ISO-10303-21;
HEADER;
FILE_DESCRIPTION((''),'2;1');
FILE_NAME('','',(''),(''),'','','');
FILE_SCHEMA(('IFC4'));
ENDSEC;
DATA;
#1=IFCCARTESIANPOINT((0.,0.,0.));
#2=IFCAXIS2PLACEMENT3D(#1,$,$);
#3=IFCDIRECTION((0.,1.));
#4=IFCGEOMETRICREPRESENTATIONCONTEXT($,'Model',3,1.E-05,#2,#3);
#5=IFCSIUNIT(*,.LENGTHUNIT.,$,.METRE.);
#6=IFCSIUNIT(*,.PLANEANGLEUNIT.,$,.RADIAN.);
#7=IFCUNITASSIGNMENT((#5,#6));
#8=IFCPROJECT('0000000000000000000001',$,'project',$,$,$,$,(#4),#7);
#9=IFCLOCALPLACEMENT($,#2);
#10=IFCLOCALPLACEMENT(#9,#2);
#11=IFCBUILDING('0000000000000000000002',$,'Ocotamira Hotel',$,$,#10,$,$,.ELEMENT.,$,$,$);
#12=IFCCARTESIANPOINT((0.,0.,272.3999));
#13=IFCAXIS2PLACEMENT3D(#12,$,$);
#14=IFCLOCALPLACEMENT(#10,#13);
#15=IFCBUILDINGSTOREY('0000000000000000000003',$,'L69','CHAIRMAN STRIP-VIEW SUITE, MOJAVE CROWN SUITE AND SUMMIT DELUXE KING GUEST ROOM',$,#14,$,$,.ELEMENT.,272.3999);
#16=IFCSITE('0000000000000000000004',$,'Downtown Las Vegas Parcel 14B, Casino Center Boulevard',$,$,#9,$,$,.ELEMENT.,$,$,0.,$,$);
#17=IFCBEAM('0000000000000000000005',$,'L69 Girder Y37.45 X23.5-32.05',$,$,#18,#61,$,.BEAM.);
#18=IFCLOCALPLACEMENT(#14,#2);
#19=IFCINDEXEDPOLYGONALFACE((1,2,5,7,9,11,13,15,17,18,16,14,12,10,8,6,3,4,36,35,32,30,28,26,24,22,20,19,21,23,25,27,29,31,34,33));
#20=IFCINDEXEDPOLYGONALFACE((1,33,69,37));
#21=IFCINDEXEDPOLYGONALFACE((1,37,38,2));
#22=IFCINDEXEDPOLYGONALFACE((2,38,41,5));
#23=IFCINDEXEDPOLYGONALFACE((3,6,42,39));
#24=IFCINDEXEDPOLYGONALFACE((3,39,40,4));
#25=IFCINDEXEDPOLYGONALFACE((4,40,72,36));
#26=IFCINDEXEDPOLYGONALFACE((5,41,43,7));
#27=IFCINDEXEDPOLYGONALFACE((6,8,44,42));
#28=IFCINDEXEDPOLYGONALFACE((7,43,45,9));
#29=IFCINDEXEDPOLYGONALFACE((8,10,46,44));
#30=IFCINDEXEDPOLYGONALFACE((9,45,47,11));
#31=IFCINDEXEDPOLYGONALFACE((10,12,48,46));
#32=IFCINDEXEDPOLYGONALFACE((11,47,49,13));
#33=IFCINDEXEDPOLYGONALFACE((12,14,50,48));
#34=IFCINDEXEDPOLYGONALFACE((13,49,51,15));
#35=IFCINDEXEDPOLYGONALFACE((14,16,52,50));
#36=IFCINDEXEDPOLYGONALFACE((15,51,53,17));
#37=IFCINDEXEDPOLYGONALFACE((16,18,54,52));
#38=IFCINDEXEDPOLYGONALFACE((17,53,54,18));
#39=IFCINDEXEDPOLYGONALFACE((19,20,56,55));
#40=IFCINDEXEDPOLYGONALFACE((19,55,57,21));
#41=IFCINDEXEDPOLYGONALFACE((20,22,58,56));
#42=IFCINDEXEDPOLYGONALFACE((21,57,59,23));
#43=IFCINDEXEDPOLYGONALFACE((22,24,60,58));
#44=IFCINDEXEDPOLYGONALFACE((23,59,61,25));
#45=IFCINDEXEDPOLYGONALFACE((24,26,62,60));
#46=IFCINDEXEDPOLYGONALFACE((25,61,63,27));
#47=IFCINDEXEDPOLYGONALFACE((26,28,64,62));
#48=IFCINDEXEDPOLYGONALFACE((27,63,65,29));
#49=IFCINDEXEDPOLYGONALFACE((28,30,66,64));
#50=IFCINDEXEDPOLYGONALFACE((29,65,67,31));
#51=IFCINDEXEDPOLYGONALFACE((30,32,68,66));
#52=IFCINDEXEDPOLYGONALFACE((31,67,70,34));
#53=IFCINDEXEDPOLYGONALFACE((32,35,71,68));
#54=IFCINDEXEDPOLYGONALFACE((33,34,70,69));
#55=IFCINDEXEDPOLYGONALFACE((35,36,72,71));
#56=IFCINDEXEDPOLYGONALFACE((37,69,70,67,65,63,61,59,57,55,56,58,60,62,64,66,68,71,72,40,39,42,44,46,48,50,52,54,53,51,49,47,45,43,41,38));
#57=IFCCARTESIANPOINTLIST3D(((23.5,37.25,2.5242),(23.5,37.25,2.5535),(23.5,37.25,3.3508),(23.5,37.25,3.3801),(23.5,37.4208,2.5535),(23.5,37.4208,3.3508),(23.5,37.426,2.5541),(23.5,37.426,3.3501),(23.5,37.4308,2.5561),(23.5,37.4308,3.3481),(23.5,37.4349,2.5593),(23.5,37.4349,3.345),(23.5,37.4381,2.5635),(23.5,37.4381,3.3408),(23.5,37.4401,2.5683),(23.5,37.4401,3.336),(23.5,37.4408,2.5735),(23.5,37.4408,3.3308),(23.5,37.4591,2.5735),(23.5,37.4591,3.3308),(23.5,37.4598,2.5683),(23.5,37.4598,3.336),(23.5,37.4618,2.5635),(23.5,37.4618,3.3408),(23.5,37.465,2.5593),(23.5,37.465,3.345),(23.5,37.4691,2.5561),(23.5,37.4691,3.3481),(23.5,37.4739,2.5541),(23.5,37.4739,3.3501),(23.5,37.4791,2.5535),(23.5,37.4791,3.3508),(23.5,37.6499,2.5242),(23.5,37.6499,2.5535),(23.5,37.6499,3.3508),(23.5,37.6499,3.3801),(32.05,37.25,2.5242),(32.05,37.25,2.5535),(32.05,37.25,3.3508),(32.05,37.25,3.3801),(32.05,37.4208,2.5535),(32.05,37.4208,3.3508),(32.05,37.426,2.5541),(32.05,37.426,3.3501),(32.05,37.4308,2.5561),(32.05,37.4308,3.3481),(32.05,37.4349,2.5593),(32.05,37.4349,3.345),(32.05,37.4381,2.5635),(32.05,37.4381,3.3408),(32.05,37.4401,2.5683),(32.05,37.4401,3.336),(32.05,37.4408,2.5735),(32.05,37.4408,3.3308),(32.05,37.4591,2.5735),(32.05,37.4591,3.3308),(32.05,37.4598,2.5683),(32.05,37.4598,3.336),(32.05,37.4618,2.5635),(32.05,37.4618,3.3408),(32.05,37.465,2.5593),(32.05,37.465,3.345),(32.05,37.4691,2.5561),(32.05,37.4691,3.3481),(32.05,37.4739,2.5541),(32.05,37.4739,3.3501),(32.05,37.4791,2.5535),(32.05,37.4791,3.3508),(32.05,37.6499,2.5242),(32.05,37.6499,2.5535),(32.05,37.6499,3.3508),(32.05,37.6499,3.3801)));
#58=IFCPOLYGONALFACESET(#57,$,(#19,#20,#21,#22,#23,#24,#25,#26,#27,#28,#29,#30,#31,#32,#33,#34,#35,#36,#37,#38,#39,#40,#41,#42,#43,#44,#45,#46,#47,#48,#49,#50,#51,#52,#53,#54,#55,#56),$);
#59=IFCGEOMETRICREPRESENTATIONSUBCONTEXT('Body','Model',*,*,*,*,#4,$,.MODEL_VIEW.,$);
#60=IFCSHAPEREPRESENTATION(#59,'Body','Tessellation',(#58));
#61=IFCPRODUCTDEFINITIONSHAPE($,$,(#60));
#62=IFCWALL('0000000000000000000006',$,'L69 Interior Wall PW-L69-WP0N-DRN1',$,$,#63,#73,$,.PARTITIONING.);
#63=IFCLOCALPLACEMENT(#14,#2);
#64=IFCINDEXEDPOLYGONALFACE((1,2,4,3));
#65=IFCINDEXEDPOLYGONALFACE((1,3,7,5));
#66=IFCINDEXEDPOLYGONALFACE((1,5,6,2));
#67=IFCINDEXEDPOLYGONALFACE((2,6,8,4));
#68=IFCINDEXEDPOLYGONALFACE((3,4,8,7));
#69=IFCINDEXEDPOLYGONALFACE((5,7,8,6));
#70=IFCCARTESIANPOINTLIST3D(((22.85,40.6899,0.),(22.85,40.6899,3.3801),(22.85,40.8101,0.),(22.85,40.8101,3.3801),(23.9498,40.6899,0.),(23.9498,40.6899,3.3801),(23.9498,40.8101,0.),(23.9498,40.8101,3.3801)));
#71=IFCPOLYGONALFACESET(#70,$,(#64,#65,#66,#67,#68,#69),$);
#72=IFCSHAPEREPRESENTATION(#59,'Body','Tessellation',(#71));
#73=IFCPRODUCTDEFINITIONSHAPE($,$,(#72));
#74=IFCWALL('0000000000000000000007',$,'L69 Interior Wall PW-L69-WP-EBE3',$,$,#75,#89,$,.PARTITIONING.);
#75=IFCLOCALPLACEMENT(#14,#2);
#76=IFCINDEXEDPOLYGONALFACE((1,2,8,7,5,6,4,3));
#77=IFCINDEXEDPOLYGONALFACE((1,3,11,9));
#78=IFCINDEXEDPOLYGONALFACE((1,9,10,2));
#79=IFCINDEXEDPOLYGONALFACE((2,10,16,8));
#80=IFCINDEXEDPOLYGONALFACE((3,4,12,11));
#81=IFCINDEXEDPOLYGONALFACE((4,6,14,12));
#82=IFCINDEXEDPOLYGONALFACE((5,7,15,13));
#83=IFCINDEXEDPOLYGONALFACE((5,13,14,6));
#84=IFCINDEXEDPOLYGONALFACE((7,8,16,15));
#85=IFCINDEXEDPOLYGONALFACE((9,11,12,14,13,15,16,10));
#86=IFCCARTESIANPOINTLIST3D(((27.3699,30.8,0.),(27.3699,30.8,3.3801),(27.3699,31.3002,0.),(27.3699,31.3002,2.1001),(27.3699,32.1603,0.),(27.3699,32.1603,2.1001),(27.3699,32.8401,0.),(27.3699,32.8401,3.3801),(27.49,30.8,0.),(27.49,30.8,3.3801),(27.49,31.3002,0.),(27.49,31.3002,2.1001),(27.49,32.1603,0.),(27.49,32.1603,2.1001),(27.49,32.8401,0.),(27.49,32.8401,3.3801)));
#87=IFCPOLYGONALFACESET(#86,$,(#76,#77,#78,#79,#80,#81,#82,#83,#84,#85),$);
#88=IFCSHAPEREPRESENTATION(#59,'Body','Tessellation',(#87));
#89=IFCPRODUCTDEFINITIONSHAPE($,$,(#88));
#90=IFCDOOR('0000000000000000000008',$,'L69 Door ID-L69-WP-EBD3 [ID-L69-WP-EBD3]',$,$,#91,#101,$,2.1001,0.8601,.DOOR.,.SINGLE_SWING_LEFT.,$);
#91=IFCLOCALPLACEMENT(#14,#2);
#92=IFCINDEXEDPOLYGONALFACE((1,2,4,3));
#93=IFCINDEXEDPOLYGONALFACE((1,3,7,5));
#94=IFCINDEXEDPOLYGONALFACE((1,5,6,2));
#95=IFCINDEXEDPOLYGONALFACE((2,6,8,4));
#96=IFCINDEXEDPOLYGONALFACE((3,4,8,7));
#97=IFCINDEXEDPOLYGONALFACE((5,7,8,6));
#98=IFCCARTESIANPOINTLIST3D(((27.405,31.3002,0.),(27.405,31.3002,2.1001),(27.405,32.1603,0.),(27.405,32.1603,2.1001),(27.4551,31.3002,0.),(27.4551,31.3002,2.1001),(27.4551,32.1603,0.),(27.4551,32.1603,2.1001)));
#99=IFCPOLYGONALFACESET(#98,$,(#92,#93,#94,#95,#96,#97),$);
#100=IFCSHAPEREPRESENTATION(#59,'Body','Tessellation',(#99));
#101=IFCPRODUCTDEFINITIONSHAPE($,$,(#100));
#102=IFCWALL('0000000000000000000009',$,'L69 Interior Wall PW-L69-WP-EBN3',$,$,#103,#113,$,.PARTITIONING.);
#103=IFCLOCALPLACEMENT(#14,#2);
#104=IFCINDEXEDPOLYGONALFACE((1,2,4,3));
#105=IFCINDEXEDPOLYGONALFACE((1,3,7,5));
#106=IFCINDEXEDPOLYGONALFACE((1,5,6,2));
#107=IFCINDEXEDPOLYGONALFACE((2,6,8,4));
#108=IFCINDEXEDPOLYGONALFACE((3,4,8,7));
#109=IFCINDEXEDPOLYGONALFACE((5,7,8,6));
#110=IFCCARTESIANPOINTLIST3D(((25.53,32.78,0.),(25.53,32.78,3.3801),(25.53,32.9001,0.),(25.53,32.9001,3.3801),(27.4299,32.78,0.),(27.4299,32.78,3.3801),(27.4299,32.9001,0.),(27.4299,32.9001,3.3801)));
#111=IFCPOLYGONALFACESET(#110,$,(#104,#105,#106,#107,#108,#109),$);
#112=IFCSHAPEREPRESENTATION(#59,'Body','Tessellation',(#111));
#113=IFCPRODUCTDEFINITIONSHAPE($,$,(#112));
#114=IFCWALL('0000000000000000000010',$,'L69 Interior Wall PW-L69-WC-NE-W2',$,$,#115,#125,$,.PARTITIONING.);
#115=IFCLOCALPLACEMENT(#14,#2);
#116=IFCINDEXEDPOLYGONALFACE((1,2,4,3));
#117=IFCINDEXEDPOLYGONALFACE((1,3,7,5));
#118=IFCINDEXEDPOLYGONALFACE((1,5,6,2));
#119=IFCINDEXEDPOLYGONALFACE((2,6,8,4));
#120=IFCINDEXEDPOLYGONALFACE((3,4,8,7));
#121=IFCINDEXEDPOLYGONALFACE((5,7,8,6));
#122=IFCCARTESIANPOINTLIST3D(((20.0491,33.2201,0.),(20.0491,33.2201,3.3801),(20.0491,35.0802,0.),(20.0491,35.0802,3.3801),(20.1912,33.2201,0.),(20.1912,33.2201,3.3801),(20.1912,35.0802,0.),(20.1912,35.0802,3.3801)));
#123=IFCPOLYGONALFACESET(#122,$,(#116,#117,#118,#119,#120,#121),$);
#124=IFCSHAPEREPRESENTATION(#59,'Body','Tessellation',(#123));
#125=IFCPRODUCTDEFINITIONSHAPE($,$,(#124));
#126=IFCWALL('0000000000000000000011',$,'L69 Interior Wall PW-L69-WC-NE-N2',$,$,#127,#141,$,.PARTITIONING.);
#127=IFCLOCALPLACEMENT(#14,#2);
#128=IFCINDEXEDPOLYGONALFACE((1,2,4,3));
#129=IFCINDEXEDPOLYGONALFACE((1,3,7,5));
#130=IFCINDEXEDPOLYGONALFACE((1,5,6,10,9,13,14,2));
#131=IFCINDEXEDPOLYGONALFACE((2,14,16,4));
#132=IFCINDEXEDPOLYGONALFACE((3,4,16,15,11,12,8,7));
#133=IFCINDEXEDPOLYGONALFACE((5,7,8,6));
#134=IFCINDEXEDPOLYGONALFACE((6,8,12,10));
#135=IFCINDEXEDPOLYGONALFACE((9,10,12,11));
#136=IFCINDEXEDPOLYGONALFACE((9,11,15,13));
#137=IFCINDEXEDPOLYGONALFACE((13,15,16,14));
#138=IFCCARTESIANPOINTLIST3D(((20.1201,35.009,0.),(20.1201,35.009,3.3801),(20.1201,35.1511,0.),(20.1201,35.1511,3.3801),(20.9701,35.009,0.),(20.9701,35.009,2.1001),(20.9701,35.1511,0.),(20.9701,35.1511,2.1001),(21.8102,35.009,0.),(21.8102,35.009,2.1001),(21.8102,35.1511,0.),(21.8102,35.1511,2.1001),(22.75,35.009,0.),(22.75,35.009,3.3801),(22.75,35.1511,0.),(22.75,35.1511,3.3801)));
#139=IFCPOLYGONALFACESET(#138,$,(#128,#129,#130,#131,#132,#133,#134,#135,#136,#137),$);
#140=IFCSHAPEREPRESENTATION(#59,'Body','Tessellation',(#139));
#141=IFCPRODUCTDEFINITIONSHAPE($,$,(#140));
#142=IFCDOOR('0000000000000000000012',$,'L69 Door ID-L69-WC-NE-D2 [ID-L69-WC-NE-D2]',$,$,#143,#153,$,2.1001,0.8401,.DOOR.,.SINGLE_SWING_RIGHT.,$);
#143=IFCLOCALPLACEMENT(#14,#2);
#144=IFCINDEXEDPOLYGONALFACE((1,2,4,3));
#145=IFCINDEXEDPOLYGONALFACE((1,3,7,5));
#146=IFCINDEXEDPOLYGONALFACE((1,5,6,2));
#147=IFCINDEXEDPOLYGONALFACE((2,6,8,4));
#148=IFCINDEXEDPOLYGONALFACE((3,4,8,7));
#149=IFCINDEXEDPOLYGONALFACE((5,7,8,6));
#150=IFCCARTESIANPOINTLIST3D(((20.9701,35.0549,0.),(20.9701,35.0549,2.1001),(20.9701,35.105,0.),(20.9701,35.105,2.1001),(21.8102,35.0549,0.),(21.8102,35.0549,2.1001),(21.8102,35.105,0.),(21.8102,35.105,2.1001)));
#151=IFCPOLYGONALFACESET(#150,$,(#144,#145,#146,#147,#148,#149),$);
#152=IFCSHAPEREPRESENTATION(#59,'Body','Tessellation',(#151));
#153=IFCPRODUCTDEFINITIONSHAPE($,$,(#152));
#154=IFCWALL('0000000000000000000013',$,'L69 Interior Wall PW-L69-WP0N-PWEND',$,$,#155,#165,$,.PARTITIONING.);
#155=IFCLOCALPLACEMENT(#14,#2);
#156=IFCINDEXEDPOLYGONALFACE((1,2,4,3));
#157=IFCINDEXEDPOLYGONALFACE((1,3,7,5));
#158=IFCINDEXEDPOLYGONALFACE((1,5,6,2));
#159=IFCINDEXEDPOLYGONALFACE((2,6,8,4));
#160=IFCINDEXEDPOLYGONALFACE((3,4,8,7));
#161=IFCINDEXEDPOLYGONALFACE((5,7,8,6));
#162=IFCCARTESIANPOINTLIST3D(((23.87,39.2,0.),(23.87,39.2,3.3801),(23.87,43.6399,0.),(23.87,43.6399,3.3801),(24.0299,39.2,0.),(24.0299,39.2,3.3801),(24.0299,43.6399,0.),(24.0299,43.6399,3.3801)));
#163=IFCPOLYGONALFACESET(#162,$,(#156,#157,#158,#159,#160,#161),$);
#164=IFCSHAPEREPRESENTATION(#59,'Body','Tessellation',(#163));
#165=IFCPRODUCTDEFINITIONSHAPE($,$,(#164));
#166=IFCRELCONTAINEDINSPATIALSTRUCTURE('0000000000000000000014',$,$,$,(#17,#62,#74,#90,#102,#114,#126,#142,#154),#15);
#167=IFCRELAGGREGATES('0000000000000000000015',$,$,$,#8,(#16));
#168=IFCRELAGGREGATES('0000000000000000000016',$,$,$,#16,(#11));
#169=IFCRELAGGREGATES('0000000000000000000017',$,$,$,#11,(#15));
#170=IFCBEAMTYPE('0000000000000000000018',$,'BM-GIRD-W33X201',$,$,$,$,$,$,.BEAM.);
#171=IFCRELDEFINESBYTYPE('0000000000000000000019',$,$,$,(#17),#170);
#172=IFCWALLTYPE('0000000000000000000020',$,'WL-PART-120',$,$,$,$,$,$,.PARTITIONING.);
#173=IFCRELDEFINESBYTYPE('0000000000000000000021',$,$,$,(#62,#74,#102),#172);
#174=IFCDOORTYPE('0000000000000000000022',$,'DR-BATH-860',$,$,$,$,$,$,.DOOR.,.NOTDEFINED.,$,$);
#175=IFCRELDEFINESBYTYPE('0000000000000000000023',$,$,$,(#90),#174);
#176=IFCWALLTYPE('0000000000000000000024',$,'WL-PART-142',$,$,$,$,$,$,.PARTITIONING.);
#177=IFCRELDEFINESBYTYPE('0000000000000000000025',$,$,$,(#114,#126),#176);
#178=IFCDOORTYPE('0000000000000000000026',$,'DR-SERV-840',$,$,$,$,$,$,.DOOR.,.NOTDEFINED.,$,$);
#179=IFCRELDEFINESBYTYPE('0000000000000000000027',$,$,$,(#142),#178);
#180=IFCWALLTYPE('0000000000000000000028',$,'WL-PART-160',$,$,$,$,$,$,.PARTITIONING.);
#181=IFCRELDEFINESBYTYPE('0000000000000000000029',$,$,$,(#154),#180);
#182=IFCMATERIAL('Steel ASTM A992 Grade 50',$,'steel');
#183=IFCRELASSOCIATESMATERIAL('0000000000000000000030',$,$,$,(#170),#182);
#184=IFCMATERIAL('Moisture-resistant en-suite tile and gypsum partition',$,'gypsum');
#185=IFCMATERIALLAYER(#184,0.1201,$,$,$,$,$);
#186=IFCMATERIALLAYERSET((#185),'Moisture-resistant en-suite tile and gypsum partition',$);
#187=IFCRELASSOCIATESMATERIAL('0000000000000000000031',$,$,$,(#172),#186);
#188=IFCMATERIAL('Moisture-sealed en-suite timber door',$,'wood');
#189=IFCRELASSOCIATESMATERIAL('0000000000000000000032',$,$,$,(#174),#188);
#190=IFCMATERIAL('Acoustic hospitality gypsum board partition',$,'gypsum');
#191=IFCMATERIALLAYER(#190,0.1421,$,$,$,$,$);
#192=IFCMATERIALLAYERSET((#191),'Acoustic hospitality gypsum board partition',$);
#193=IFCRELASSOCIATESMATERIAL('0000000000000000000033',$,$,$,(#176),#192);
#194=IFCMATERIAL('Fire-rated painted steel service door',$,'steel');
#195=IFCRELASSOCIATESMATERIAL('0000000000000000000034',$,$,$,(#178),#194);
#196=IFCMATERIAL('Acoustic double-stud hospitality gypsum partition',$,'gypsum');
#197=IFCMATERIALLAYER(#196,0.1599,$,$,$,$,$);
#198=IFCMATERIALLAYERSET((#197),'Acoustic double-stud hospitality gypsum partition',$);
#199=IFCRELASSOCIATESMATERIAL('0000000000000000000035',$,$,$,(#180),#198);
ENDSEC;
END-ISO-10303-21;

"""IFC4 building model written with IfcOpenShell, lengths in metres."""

from ifc_helpers import new_model, si_unit, direction, frame, frame_2d, origin, origin_2d, place, context, subcontext, project, spatial, rectangle, i_section, extrude, source, transform, mapped, material, layer, layer_set, material_profile, profile_set, type_object, element, fill, save


model = new_model("IFC4")

# Units and contexts
model_context = context("Model", 3, precision=1e-05, world=origin(), true_north=direction((0.0, 1.0)))
body_context = subcontext(model_context, "Body", "Model", "MODEL_VIEW")
ifc_project = project(units=[si_unit("LENGTHUNIT", "METRE"), si_unit("PLANEANGLEUNIT", "RADIAN")], contexts=[model_context])

# Site, building, storey
site_placement = place(None, origin())
site = spatial("IfcSite", under=ifc_project, at=site_placement, Name="Downtown Las Vegas Parcel 14B, Casino Center Boulevard", CompositionType="ELEMENT", RefElevation=0.0)
building_placement = place(site_placement, origin())
building = spatial("IfcBuilding", under=site, at=building_placement, Name="Ocotamira Hotel", CompositionType="ELEMENT")
storey_placement = place(building_placement, frame((0.0, 0.0, 272.3999)))
storey = spatial("IfcBuildingStorey", under=building, at=storey_placement, Name="L69", Description="CHAIRMAN STRIP-VIEW SUITE, MOJAVE CROWN SUITE AND SUMMIT DELUXE KING GUEST ROOM", CompositionType="ELEMENT", Elevation=272.3999)

# Beam
ifc_material_1 = material(Name="Steel ASTM A992 Grade 50", Category="steel")
ifc_material_profile_1 = material_profile(ifc_material_1, i_section(OverallWidth=0.3999, OverallDepth=0.856, WebThickness=0.0183, FlangeThickness=0.0293, FilletRadius=0.02, at=origin_2d()), Name="W33X201")
ifc_profile_set_1 = profile_set([ifc_material_profile_1], Name="Steel ASTM A992 Grade 50")
beam_type_1 = type_object("IfcBeamType", Name="BM-GIRD-W33X201", PredefinedType="BEAM", material=ifc_profile_set_1)
shared_shape_1 = source(origin(), body_context, "Body", "SweptSolid", [
    extrude(i_section(OverallWidth=0.3999, OverallDepth=0.856, WebThickness=0.0183, FlangeThickness=0.0293, FilletRadius=0.02, at=origin_2d()), origin(), (0.0, 0.0, 1.0), 8.55),
])
for number, where, z_axis, x_axis, name in (
    (1, (23.5, 37.45, 2.9521), (1.0, 0.0, 0.0), (0.0, 1.0, 0.0), "L69 Girder Y37.45 X23.5-32.05"),
):
    element("IfcBeam", number, at=place(storey_placement, frame(where, z_axis=z_axis, x_axis=x_axis)), inside=storey, type_object=beam_type_1, Name=name, PredefinedType="BEAM", context=body_context, shape_type="MappedRepresentation", body=[
        mapped(shared_shape_1, transform((0.0, 0.0, 0.0), scale=1.0)),
    ])

# Wall
ifc_material_2 = material(Name="Moisture-resistant en-suite tile and gypsum partition", Category="gypsum")
ifc_layer_1 = layer(ifc_material_2, 0.1201)
ifc_layer_set_1 = layer_set([ifc_layer_1], Name="Moisture-resistant en-suite tile and gypsum partition")
wall_type_1 = type_object("IfcWallType", Name="WL-PART-120", PredefinedType="PARTITIONING", material=ifc_layer_set_1)
wall_1_placement = place(storey_placement, frame((22.8501, 40.75, 0.0), z_axis=(0.0, 0.0, 1.0), x_axis=(1.0, 0.0, 0.0)))
element("IfcWall", 2, at=wall_1_placement, inside=storey, type_object=wall_type_1, Name="L69 Interior Wall PW-L69-WP0N-DRN1", PredefinedType="PARTITIONING", context=body_context, shape_type="SweptSolid", body=[
    extrude(rectangle(XDim=1.0999, YDim=0.1201, at=frame_2d((0.5498, 0.0))), origin(), (0.0, 0.0, 1.0), 3.3801),
])

# Wall, opening, door
wall_2_placement = place(storey_placement, frame((27.4299, 30.8, 0.0), z_axis=(0.0, 0.0, 1.0), x_axis=(0.0, 1.0, 0.0)))
wall_2 = element("IfcWall", 3, at=wall_2_placement, inside=storey, type_object=wall_type_1, Name="L69 Interior Wall PW-L69-WP-EBE3", PredefinedType="PARTITIONING", context=body_context, shape_type="SweptSolid", body=[
    extrude(rectangle(XDim=2.04, YDim=0.1201, at=frame_2d((1.02, 0.0))), origin(), (0.0, 0.0, 1.0), 3.3801),
])
opening_1_placement = place(wall_2_placement, frame((0.5, 0.0, 0.0)))
opening_1 = element("IfcOpeningElement", 4, at=opening_1_placement, cuts=wall_2, PredefinedType="OPENING", context=body_context, shape_type="SweptSolid", body=[
    extrude(rectangle(XDim=0.8601, YDim=2.1001, at=frame_2d((0.4302, 1.05))), frame((0.0, 0.0701, 0.0), z_axis=(0.0, -1.0, 0.0), x_axis=(1.0, 0.0, 0.0)), (0.0, 0.0, 1.0), 0.1401),
])
ifc_material_3 = material(Name="Moisture-sealed en-suite timber door", Category="wood")
door_type_1 = type_object("IfcDoorType", Name="DR-BATH-860", OperationType="NOTDEFINED", PredefinedType="DOOR", material=ifc_material_3)
shared_shape_2 = source(origin(), body_context, "Body", "SweptSolid", [
    extrude(rectangle(XDim=0.8601, YDim=2.1001, at=frame_2d((0.4302, 1.05))), frame((0.0, 0.0249, 0.0), z_axis=(0.0, -1.0, 0.0), x_axis=(1.0, 0.0, 0.0)), (0.0, 0.0, 1.0), 0.05),
])
door_1_placement = place(opening_1_placement, origin())
door_1 = element("IfcDoor", 5, at=door_1_placement, inside=storey, type_object=door_type_1, Name="L69 Door ID-L69-WP-EBD3 [ID-L69-WP-EBD3]", OperationType="SINGLE_SWING_LEFT", OverallHeight=2.1001, OverallWidth=0.8601, PredefinedType="DOOR", context=body_context, shape_type="MappedRepresentation", body=[
    mapped(shared_shape_2, transform((0.0, 0.0, 0.0), scale=1.0)),
])
fill(opening_1, door_1)

# Walls
wall_3_placement = place(storey_placement, frame((25.53, 32.8401, 0.0), z_axis=(0.0, 0.0, 1.0), x_axis=(1.0, 0.0, 0.0)))
element("IfcWall", 6, at=wall_3_placement, inside=storey, type_object=wall_type_1, Name="L69 Interior Wall PW-L69-WP-EBN3", PredefinedType="PARTITIONING", context=body_context, shape_type="SweptSolid", body=[
    extrude(rectangle(XDim=1.8999, YDim=0.1201, at=frame_2d((0.95, 0.0))), origin(), (0.0, 0.0, 1.0), 3.3801),
])
ifc_material_4 = material(Name="Acoustic hospitality gypsum board partition", Category="gypsum")
ifc_layer_2 = layer(ifc_material_4, 0.1421)
ifc_layer_set_2 = layer_set([ifc_layer_2], Name="Acoustic hospitality gypsum board partition")
wall_type_2 = type_object("IfcWallType", Name="WL-PART-142", PredefinedType="PARTITIONING", material=ifc_layer_set_2)
wall_4_placement = place(storey_placement, frame((20.1201, 33.22, 0.0), z_axis=(0.0, 0.0, 1.0), x_axis=(0.0, 1.0, 0.0)))
element("IfcWall", 7, at=wall_4_placement, inside=storey, type_object=wall_type_2, Name="L69 Interior Wall PW-L69-WC-NE-W2", PredefinedType="PARTITIONING", context=body_context, shape_type="SweptSolid", body=[
    extrude(rectangle(XDim=1.8601, YDim=0.1421, at=frame_2d((0.9302, 0.0))), origin(), (0.0, 0.0, 1.0), 3.3801),
])

# Wall, opening, door
wall_5_placement = place(storey_placement, frame((20.1201, 35.0801, 0.0), z_axis=(0.0, 0.0, 1.0), x_axis=(1.0, 0.0, 0.0)))
wall_5 = element("IfcWall", 8, at=wall_5_placement, inside=storey, type_object=wall_type_2, Name="L69 Interior Wall PW-L69-WC-NE-N2", PredefinedType="PARTITIONING", context=body_context, shape_type="SweptSolid", body=[
    extrude(rectangle(XDim=2.6299, YDim=0.1421, at=frame_2d((1.3149, 0.0))), origin(), (0.0, 0.0, 1.0), 3.3801),
])
opening_2_placement = place(wall_5_placement, frame((0.8501, 0.0, 0.0)))
opening_2 = element("IfcOpeningElement", 9, at=opening_2_placement, cuts=wall_5, PredefinedType="OPENING", context=body_context, shape_type="SweptSolid", body=[
    extrude(rectangle(XDim=0.8401, YDim=2.1001, at=frame_2d((0.4199, 1.05))), frame((0.0, 0.0811, 0.0), z_axis=(0.0, -1.0, 0.0), x_axis=(1.0, 0.0, 0.0)), (0.0, 0.0, 1.0), 0.1621),
])
ifc_material_5 = material(Name="Fire-rated painted steel service door", Category="steel")
door_type_2 = type_object("IfcDoorType", Name="DR-SERV-840", OperationType="NOTDEFINED", PredefinedType="DOOR", material=ifc_material_5)
shared_shape_3 = source(origin(), body_context, "Body", "SweptSolid", [
    extrude(rectangle(XDim=0.8401, YDim=2.1001, at=frame_2d((0.4199, 1.05))), frame((0.0, 0.0249, 0.0), z_axis=(0.0, -1.0, 0.0), x_axis=(1.0, 0.0, 0.0)), (0.0, 0.0, 1.0), 0.05),
])
door_2_placement = place(opening_2_placement, origin())
door_2 = element("IfcDoor", 10, at=door_2_placement, inside=storey, type_object=door_type_2, Name="L69 Door ID-L69-WC-NE-D2 [ID-L69-WC-NE-D2]", OperationType="SINGLE_SWING_RIGHT", OverallHeight=2.1001, OverallWidth=0.8401, PredefinedType="DOOR", context=body_context, shape_type="MappedRepresentation", body=[
    mapped(shared_shape_3, transform((0.0, 0.0, 0.0), scale=1.0)),
])
fill(opening_2, door_2)

# Wall
ifc_material_6 = material(Name="Acoustic double-stud hospitality gypsum partition", Category="gypsum")
ifc_layer_3 = layer(ifc_material_6, 0.1599)
ifc_layer_set_3 = layer_set([ifc_layer_3], Name="Acoustic double-stud hospitality gypsum partition")
wall_type_3 = type_object("IfcWallType", Name="WL-PART-160", PredefinedType="PARTITIONING", material=ifc_layer_set_3)
wall_6_placement = place(storey_placement, frame((23.95, 39.2, 0.0), z_axis=(0.0, 0.0, 1.0), x_axis=(0.0, 1.0, 0.0)))
element("IfcWall", 11, at=wall_6_placement, inside=storey, type_object=wall_type_3, Name="L69 Interior Wall PW-L69-WP0N-PWEND", PredefinedType="PARTITIONING", context=body_context, shape_type="SweptSolid", body=[
    extrude(rectangle(XDim=4.4399, YDim=0.1599, at=frame_2d((2.22, 0.0))), origin(), (0.0, 0.0, 1.0), 3.3801),
])

save(model, "model.ifc")
